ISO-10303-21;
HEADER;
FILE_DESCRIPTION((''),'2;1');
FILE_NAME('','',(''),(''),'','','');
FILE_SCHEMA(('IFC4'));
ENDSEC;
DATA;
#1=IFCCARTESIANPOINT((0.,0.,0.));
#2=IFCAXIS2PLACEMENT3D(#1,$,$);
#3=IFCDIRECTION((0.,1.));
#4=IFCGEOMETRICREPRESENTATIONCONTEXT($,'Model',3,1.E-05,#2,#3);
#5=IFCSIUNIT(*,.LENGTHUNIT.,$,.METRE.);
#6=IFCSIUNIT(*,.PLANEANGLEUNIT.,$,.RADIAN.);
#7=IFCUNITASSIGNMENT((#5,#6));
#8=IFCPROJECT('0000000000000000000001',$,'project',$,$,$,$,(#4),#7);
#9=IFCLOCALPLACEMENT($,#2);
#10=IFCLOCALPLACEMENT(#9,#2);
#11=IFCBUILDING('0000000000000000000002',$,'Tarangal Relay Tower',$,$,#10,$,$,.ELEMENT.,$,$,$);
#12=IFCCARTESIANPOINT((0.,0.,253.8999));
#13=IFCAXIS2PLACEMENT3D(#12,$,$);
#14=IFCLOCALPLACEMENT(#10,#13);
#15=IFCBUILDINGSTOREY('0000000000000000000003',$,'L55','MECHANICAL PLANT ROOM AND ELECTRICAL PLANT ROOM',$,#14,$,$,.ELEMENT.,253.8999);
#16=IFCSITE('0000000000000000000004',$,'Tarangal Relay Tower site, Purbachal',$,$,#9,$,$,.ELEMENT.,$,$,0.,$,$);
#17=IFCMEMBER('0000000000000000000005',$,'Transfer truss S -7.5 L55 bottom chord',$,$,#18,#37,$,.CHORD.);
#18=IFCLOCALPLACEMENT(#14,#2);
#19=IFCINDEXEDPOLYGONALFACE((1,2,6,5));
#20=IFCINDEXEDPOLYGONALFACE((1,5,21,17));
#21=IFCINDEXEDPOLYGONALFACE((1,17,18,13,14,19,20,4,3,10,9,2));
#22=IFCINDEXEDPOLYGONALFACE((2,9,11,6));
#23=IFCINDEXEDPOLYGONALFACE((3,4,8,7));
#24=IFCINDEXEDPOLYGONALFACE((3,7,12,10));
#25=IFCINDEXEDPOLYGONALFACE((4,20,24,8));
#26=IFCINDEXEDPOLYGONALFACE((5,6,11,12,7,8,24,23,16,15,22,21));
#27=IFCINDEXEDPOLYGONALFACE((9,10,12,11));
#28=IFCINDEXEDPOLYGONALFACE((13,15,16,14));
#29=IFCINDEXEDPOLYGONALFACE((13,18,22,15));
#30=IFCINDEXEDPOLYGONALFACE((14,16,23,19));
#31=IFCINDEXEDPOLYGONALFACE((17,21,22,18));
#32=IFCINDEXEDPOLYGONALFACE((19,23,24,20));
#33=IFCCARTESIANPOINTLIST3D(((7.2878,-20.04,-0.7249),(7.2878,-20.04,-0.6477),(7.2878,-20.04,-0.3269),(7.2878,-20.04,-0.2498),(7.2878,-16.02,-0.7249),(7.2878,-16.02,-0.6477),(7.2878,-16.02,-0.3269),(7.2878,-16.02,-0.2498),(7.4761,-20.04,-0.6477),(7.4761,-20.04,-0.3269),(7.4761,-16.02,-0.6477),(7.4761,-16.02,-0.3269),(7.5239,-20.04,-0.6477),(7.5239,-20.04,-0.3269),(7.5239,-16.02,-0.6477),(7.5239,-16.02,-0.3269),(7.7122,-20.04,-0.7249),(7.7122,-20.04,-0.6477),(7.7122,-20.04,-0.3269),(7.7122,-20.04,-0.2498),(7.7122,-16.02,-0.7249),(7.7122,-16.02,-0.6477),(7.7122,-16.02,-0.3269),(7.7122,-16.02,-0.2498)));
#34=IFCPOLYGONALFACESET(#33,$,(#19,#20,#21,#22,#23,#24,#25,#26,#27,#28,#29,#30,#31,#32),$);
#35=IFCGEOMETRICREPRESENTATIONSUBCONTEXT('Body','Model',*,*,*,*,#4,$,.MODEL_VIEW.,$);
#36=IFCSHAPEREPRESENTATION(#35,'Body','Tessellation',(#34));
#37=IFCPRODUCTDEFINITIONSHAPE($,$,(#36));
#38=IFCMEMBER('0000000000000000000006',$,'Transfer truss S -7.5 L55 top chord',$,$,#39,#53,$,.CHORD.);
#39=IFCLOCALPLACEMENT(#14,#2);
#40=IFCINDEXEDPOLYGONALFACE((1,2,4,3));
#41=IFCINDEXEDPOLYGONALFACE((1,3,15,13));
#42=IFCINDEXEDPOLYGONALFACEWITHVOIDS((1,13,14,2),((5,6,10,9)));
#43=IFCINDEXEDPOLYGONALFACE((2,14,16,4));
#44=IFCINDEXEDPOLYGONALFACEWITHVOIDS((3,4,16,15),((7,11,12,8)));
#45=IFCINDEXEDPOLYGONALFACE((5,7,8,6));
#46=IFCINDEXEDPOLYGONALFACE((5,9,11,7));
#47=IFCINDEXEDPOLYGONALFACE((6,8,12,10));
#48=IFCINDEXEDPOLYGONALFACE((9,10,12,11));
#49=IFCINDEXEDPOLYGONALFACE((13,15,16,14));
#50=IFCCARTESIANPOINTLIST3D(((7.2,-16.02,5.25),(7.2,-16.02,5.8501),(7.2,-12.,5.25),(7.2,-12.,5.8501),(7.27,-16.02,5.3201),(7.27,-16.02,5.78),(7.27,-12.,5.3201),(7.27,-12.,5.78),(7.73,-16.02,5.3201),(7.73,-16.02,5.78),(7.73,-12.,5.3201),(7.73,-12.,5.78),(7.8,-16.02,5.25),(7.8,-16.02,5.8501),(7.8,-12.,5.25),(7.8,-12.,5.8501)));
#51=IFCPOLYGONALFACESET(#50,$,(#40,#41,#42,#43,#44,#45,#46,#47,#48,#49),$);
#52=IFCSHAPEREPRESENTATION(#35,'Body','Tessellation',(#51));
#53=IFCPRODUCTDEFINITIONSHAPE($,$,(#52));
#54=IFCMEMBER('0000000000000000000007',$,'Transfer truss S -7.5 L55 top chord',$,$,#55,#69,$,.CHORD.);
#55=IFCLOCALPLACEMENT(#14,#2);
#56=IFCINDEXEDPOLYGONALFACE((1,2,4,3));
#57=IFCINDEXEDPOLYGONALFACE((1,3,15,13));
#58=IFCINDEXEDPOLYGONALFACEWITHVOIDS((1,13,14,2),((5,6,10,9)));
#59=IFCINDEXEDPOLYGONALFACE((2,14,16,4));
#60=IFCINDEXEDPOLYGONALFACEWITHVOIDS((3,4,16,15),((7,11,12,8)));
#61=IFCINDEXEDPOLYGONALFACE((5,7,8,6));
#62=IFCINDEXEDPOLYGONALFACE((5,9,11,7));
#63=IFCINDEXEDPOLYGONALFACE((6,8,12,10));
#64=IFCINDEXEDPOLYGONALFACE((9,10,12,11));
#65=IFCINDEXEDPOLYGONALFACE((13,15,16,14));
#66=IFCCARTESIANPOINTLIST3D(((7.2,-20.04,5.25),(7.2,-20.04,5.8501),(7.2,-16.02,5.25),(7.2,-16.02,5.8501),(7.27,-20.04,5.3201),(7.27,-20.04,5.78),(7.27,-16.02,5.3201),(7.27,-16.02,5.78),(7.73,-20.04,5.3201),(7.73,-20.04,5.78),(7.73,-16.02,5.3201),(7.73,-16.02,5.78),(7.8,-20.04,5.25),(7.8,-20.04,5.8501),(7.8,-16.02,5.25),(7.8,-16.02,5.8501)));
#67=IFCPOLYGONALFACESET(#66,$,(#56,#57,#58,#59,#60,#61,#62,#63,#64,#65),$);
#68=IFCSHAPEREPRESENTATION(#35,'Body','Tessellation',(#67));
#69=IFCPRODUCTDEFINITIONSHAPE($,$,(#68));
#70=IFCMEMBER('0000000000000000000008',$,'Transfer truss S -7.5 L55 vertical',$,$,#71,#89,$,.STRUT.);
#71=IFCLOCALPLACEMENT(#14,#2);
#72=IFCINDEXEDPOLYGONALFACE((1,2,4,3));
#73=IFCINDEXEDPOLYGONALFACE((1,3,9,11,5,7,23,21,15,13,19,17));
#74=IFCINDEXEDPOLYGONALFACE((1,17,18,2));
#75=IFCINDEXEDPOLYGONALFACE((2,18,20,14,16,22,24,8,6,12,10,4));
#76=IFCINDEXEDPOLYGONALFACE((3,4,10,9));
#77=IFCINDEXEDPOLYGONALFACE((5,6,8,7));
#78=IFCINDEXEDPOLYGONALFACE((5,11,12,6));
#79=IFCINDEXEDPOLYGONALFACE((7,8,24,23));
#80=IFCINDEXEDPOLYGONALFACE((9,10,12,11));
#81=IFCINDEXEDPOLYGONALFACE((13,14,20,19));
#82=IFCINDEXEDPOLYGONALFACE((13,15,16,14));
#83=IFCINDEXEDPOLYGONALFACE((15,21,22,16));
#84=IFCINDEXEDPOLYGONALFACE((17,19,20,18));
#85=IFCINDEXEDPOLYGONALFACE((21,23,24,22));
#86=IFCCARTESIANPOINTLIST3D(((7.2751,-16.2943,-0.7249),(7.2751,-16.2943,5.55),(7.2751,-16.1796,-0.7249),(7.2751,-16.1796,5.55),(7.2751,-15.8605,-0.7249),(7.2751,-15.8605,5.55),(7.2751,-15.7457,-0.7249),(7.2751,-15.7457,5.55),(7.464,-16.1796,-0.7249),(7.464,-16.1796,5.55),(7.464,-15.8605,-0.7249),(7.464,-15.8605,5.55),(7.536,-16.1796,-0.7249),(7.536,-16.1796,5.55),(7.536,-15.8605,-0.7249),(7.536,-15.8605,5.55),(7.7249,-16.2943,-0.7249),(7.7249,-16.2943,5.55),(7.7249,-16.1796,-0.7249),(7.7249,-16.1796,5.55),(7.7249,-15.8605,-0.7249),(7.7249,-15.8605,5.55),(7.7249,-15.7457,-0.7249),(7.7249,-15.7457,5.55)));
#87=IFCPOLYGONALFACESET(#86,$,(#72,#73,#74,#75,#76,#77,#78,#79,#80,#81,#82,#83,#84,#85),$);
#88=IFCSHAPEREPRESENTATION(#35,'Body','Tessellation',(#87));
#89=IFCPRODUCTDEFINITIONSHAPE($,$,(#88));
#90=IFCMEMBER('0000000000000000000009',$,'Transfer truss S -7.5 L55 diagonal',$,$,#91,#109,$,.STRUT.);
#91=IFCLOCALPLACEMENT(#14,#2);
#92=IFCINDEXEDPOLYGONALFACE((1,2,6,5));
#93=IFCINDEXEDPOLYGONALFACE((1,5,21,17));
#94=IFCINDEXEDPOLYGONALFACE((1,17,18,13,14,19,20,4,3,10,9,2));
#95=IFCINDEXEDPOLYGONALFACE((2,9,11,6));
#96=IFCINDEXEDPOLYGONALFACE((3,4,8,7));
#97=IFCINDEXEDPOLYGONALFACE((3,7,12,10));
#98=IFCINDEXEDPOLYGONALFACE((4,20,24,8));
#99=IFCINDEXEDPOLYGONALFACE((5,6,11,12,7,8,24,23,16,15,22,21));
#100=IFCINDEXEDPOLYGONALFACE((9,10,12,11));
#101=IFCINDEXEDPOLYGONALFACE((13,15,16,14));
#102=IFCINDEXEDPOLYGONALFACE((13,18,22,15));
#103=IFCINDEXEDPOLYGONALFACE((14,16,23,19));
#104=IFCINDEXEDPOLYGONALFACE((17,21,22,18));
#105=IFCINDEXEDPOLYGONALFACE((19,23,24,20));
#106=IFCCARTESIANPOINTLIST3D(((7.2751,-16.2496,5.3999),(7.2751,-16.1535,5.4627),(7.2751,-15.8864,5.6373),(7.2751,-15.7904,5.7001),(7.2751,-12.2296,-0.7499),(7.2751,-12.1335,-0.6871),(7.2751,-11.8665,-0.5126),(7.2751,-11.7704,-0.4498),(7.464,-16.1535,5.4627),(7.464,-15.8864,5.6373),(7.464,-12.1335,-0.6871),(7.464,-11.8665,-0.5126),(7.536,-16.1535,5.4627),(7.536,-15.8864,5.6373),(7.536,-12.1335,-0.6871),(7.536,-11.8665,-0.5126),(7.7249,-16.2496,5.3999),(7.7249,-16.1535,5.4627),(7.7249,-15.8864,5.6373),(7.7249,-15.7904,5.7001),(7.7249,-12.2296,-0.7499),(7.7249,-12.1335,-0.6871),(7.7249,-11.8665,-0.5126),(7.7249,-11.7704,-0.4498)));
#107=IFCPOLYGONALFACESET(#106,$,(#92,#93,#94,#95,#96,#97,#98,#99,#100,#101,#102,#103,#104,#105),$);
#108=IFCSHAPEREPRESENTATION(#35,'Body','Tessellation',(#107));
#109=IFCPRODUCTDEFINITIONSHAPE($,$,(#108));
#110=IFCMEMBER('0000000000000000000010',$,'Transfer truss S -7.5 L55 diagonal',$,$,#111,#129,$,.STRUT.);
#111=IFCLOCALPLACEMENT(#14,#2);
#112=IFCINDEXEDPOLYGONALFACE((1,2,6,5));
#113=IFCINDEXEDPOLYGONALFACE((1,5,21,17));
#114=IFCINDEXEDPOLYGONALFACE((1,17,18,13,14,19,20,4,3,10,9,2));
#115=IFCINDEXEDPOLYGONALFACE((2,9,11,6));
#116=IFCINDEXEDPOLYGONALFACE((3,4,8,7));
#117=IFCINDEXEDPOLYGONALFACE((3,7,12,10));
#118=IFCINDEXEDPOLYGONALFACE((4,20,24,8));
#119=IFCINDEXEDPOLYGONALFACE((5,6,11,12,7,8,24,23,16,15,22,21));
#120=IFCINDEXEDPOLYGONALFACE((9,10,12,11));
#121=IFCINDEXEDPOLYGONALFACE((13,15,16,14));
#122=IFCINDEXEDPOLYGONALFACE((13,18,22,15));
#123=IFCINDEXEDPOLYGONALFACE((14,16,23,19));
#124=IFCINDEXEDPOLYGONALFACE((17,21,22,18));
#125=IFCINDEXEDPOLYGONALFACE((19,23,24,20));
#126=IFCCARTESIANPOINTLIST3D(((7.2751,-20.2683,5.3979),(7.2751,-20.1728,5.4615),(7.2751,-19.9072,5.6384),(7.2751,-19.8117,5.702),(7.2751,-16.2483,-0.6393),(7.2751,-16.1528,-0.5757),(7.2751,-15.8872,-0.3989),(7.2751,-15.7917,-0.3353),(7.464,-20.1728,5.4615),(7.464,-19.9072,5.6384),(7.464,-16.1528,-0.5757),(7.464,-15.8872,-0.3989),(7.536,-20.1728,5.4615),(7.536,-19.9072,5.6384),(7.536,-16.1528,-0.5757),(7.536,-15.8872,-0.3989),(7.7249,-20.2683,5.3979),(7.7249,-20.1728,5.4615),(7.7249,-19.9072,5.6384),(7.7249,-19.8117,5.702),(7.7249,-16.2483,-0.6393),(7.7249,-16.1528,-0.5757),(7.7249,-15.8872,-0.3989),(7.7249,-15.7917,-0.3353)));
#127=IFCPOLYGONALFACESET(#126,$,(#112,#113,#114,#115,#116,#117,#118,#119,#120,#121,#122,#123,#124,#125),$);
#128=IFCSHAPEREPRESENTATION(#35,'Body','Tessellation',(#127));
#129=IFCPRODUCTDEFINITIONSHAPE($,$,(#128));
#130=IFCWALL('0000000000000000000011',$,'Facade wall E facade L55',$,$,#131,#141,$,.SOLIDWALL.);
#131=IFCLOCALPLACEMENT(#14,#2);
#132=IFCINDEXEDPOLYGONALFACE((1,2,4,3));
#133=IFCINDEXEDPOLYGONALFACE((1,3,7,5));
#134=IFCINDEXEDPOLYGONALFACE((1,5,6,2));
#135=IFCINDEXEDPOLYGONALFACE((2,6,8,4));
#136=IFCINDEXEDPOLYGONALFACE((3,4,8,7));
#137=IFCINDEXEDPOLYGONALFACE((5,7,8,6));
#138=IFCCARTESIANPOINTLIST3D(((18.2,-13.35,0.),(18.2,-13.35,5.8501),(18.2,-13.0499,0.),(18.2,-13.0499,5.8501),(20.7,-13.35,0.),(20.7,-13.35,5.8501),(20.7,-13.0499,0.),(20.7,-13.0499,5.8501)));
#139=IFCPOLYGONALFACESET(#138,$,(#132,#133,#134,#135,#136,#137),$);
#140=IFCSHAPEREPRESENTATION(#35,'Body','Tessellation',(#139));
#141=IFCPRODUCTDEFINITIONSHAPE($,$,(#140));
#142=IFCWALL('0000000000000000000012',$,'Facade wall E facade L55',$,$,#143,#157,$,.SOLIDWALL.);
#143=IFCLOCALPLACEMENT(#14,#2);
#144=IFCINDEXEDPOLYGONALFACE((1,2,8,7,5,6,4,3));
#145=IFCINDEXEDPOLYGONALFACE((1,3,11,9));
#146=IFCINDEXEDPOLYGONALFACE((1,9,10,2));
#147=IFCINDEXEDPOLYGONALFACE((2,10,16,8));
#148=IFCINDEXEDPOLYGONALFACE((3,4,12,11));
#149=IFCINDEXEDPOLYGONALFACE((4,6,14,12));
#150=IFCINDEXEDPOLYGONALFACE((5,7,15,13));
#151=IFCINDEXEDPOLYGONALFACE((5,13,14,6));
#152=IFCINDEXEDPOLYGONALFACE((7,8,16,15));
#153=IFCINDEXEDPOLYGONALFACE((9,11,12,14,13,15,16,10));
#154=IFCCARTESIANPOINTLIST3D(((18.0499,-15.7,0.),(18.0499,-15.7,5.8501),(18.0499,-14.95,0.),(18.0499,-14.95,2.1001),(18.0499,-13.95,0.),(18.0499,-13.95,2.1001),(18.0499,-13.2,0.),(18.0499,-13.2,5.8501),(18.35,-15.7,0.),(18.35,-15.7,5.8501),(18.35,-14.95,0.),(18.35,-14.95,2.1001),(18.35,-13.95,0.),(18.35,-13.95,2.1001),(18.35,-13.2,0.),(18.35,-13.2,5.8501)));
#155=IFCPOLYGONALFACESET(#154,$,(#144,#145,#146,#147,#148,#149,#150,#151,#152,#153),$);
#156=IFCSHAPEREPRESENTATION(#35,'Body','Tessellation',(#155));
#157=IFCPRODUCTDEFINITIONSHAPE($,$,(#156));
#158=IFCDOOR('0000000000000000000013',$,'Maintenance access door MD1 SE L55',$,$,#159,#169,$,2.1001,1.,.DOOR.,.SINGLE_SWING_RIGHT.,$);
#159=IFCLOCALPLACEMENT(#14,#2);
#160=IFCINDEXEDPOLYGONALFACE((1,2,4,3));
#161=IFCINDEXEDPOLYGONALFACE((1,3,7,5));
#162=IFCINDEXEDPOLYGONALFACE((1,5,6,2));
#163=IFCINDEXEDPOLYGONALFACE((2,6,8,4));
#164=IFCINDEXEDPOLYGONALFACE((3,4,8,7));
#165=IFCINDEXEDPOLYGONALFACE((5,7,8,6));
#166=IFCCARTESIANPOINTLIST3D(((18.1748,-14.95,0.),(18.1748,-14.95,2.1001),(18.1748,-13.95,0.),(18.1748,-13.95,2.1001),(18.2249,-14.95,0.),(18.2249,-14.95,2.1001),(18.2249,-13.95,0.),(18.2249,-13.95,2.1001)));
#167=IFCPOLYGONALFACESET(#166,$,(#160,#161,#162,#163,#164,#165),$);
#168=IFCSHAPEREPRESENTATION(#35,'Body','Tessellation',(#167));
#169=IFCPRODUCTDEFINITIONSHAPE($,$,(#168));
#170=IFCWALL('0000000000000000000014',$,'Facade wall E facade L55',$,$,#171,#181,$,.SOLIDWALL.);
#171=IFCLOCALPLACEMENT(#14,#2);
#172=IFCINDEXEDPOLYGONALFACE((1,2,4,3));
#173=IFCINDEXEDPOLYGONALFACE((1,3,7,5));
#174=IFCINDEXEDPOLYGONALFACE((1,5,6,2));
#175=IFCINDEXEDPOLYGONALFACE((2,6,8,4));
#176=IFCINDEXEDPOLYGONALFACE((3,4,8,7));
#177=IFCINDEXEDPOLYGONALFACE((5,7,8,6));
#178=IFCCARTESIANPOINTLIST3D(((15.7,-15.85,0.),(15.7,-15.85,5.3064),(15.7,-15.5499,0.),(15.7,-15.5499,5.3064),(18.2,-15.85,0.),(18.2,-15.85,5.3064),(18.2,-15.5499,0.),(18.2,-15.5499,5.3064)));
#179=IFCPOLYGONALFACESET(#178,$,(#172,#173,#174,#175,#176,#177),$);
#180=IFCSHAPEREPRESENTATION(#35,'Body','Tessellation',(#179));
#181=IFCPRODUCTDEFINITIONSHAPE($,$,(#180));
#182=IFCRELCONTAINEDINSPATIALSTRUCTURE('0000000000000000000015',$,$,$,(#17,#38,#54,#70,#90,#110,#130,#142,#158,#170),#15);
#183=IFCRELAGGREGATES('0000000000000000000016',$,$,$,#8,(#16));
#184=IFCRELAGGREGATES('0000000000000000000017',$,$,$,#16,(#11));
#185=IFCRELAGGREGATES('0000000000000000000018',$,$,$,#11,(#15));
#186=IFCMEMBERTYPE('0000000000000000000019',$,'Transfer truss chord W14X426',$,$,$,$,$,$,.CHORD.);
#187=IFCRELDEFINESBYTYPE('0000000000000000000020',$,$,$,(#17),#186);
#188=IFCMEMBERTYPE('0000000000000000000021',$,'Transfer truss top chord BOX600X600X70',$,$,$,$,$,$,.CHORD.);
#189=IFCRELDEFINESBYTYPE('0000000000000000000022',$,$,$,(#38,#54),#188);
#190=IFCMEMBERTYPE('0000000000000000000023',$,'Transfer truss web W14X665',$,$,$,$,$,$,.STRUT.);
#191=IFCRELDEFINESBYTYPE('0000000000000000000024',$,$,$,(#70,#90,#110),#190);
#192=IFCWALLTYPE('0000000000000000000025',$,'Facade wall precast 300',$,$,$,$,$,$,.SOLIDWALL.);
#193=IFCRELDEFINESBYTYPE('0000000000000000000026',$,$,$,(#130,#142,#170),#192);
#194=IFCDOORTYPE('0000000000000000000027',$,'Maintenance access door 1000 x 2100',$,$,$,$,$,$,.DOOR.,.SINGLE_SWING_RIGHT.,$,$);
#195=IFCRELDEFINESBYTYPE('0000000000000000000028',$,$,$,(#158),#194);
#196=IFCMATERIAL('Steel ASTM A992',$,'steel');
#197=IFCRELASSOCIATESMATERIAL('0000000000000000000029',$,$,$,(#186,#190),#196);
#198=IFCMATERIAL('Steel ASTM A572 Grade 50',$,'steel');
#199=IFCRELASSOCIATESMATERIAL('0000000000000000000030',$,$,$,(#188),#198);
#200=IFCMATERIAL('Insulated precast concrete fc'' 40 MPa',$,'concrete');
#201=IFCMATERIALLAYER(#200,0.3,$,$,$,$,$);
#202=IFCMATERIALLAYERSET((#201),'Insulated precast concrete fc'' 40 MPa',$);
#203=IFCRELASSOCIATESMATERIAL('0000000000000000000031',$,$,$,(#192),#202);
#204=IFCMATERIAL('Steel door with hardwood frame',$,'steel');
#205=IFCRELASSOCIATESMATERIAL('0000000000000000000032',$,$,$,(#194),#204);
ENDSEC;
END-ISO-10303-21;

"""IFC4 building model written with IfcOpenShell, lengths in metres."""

from ifc_helpers import new_model, si_unit, direction, frame, frame_2d, origin, origin_2d, place, context, subcontext, project, spatial, rectangle, hollow_rectangle, i_section, extrude, material, layer, layer_set, material_profile, profile_set, type_object, element, fill, save


model = new_model("IFC4")

# Units and contexts
model_context = context("Model", 3, precision=1e-05, world=origin(), true_north=direction((0.0, 1.0)))
body_context = subcontext(model_context, "Body", "Model", "MODEL_VIEW")
ifc_project = project(units=[si_unit("LENGTHUNIT", "METRE"), si_unit("PLANEANGLEUNIT", "RADIAN")], contexts=[model_context])

# Site, building, storey
site_placement = place(None, origin())
site = spatial("IfcSite", under=ifc_project, at=site_placement, Name="Tarangal Relay Tower site, Purbachal", CompositionType="ELEMENT", RefElevation=0.0)
building_placement = place(site_placement, origin())
building = spatial("IfcBuilding", under=site, at=building_placement, Name="Tarangal Relay Tower", CompositionType="ELEMENT")
storey_placement = place(building_placement, frame((0.0, 0.0, 253.8999)))
storey = spatial("IfcBuildingStorey", under=building, at=storey_placement, Name="L55", Description="MECHANICAL PLANT ROOM AND ELECTRICAL PLANT ROOM", CompositionType="ELEMENT", Elevation=253.8999)

# Shared definitions
ifc_material_1 = material(Name="Steel ASTM A572 Grade 50", Category="steel")

# Shared definitions
ifc_material_2 = material(Name="Steel ASTM A992", Category="steel")

# Members
ifc_material_profile_1 = material_profile(ifc_material_2, i_section(OverallWidth=0.4243, OverallDepth=0.4751, WebThickness=0.0479, FlangeThickness=0.0771, at=origin_2d()), Name="W14X426")
ifc_profile_set_1 = profile_set([ifc_material_profile_1], Name="Steel ASTM A992")
member_type_1 = type_object("IfcMemberType", Name="Transfer truss chord W14X426", PredefinedType="CHORD", material=ifc_profile_set_1)
for number, where, z_axis, x_axis, name in (
    (1, (7.5, -16.02, -0.4873), (0.0, -1.0, 0.0), (1.0, 0.0, 0.0), "Transfer truss S -7.5 L55 bottom chord"),
):
    element("IfcMember", number, at=place(storey_placement, frame(where, z_axis=z_axis, x_axis=x_axis)), inside=storey, type_object=member_type_1, Name=name, PredefinedType="CHORD", context=body_context, shape_type="SweptSolid", body=[
        extrude(i_section(OverallWidth=0.4243, OverallDepth=0.4751, WebThickness=0.0479, FlangeThickness=0.0771, at=origin_2d()), origin(), (0.0, 0.0, 1.0), 4.02),
    ])
ifc_material_profile_2 = material_profile(ifc_material_1, hollow_rectangle(XDim=0.6001, YDim=0.6001, WallThickness=0.0701, at=origin_2d()), Name="BOX600X600X70")
ifc_profile_set_2 = profile_set([ifc_material_profile_2], Name="Steel ASTM A572 Grade 50")
member_type_2 = type_object("IfcMemberType", Name="Transfer truss top chord BOX600X600X70", PredefinedType="CHORD", material=ifc_profile_set_2)
for number, where, z_axis, x_axis, name in (
    (2, (7.5, -12.0, 5.55), (0.0, -1.0, 0.0), (1.0, 0.0, 0.0), "Transfer truss S -7.5 L55 top chord"),
    (3, (7.5, -16.02, 5.55), (0.0, -1.0, 0.0), (1.0, 0.0, 0.0), "Transfer truss S -7.5 L55 top chord"),
):
    element("IfcMember", number, at=place(storey_placement, frame(where, z_axis=z_axis, x_axis=x_axis)), inside=storey, type_object=member_type_2, Name=name, PredefinedType="CHORD", context=body_context, shape_type="SweptSolid", body=[
        extrude(hollow_rectangle(XDim=0.6001, YDim=0.6001, WallThickness=0.0701, at=origin_2d()), origin(), (0.0, 0.0, 1.0), 4.02),
    ])
ifc_material_profile_3 = material_profile(ifc_material_2, i_section(OverallWidth=0.4497, OverallDepth=0.5486, WebThickness=0.072, FlangeThickness=0.1147, at=origin_2d()), Name="W14X665")
ifc_profile_set_3 = profile_set([ifc_material_profile_3], Name="Steel ASTM A992")
member_type_3 = type_object("IfcMemberType", Name="Transfer truss web W14X665", PredefinedType="STRUT", material=ifc_profile_set_3)
member_1_placement = place(storey_placement, frame((7.5, -16.02, -0.7249), z_axis=(0.0, 0.0, 1.0), x_axis=(1.0, 0.0, 0.0)))
element("IfcMember", 4, at=member_1_placement, inside=storey, type_object=member_type_3, Name="Transfer truss S -7.5 L55 vertical", PredefinedType="STRUT", context=body_context, shape_type="SweptSolid", body=[
    extrude(i_section(OverallWidth=0.4497, OverallDepth=0.5486, WebThickness=0.072, FlangeThickness=0.1147, at=origin_2d()), origin(), (0.0, 0.0, 1.0), 6.2749),
])
member_2_placement = place(storey_placement, frame((7.5, -12.0, -0.5999), z_axis=(0.0, -0.547147, 0.837036), x_axis=(1.0, 0.0, 0.0)))
element("IfcMember", 5, at=member_2_placement, inside=storey, type_object=member_type_3, Name="Transfer truss S -7.5 L55 diagonal", PredefinedType="STRUT", context=body_context, shape_type="SweptSolid", body=[
    extrude(i_section(OverallWidth=0.4497, OverallDepth=0.5486, WebThickness=0.072, FlangeThickness=0.1147, at=origin_2d()), origin(), (0.0, 0.0, 1.0), 7.3472),
])
member_3_placement = place(storey_placement, frame((7.5, -16.02, -0.4873), z_axis=(0.0, -0.554234, 0.832361), x_axis=(1.0, 0.0, 0.0)))
element("IfcMember", 6, at=member_3_placement, inside=storey, type_object=member_type_3, Name="Transfer truss S -7.5 L55 diagonal", PredefinedType="STRUT", context=body_context, shape_type="SweptSolid", body=[
    extrude(i_section(OverallWidth=0.4497, OverallDepth=0.5486, WebThickness=0.072, FlangeThickness=0.1147, at=origin_2d()), origin(), (0.0, 0.0, 1.0), 7.2532),
])

# Wall
ifc_material_3 = material(Name="Insulated precast concrete fc' 40 MPa", Category="concrete")
ifc_layer_1 = layer(ifc_material_3, 0.3)
ifc_layer_set_1 = layer_set([ifc_layer_1], Name="Insulated precast concrete fc' 40 MPa")
wall_type_1 = type_object("IfcWallType", Name="Facade wall precast 300", PredefinedType="SOLIDWALL", material=ifc_layer_set_1)
wall_1_placement = place(storey_placement, frame((20.7, -13.2, 0.0), z_axis=(0.0, 0.0, 1.0), x_axis=(-1.0, 0.0, 0.0)))
element("IfcWall", 7, at=wall_1_placement, inside=storey, type_object=wall_type_1, Name="Facade wall E facade L55", PredefinedType="SOLIDWALL", context=body_context, shape_type="SweptSolid", body=[
    extrude(rectangle(XDim=2.5, YDim=0.3, at=frame_2d((1.25, 0.0))), origin(), (0.0, 0.0, 1.0), 5.8501),
])

# Wall, opening, door
wall_2_placement = place(storey_placement, frame((18.2, -13.2, 0.0), z_axis=(0.0, 0.0, 1.0), x_axis=(0.0, -1.0, 0.0)))
wall_2 = element("IfcWall", 8, at=wall_2_placement, inside=storey, type_object=wall_type_1, Name="Facade wall E facade L55", PredefinedType="SOLIDWALL", context=body_context, shape_type="SweptSolid", body=[
    extrude(rectangle(XDim=2.5, YDim=0.3, at=frame_2d((1.25, 0.0))), origin(), (0.0, 0.0, 1.0), 5.8501),
])
opening_1_placement = place(wall_2_placement, frame((0.75, 0.0, 0.0)))
opening_1 = element("IfcOpeningElement", 9, at=opening_1_placement, cuts=wall_2, PredefinedType="OPENING", context=body_context, shape_type="SweptSolid", body=[
    extrude(rectangle(XDim=1.0, YDim=2.1001, at=frame_2d((0.5, 1.05))), frame((0.0, 0.1599, 0.0), z_axis=(0.0, -1.0, 0.0), x_axis=(1.0, 0.0, 0.0)), (0.0, 0.0, 1.0), 0.3201),
])
ifc_material_4 = material(Name="Steel door with hardwood frame", Category="steel")
door_type = type_object("IfcDoorType", Name="Maintenance access door 1000 x 2100", OperationType="SINGLE_SWING_RIGHT", PredefinedType="DOOR", material=ifc_material_4)
door_placement = place(opening_1_placement, origin())
door = element("IfcDoor", 10, at=door_placement, inside=storey, type_object=door_type, Name="Maintenance access door MD1 SE L55", OperationType="SINGLE_SWING_RIGHT", OverallHeight=2.1001, OverallWidth=1.0, PredefinedType="DOOR", context=body_context, shape_type="SweptSolid", body=[
    extrude(rectangle(XDim=1.0, YDim=2.1001, at=frame_2d((0.5, 1.05))), frame((0.0, 0.0249, 0.0), z_axis=(0.0, -1.0, 0.0), x_axis=(1.0, 0.0, 0.0)), (0.0, 0.0, 1.0), 0.05),
])
fill(opening_1, door)

# Wall
wall_3_placement = place(storey_placement, frame((18.2, -15.7, 0.0), z_axis=(0.0, 0.0, 1.0), x_axis=(-1.0, 0.0, 0.0)))
element("IfcWall", 11, at=wall_3_placement, inside=storey, type_object=wall_type_1, Name="Facade wall E facade L55", PredefinedType="SOLIDWALL", context=body_context, shape_type="SweptSolid", body=[
    extrude(rectangle(XDim=2.5, YDim=0.3, at=frame_2d((1.25, 0.0))), origin(), (0.0, 0.0, 1.0), 5.3064),
])

save(model, "model.ifc")
